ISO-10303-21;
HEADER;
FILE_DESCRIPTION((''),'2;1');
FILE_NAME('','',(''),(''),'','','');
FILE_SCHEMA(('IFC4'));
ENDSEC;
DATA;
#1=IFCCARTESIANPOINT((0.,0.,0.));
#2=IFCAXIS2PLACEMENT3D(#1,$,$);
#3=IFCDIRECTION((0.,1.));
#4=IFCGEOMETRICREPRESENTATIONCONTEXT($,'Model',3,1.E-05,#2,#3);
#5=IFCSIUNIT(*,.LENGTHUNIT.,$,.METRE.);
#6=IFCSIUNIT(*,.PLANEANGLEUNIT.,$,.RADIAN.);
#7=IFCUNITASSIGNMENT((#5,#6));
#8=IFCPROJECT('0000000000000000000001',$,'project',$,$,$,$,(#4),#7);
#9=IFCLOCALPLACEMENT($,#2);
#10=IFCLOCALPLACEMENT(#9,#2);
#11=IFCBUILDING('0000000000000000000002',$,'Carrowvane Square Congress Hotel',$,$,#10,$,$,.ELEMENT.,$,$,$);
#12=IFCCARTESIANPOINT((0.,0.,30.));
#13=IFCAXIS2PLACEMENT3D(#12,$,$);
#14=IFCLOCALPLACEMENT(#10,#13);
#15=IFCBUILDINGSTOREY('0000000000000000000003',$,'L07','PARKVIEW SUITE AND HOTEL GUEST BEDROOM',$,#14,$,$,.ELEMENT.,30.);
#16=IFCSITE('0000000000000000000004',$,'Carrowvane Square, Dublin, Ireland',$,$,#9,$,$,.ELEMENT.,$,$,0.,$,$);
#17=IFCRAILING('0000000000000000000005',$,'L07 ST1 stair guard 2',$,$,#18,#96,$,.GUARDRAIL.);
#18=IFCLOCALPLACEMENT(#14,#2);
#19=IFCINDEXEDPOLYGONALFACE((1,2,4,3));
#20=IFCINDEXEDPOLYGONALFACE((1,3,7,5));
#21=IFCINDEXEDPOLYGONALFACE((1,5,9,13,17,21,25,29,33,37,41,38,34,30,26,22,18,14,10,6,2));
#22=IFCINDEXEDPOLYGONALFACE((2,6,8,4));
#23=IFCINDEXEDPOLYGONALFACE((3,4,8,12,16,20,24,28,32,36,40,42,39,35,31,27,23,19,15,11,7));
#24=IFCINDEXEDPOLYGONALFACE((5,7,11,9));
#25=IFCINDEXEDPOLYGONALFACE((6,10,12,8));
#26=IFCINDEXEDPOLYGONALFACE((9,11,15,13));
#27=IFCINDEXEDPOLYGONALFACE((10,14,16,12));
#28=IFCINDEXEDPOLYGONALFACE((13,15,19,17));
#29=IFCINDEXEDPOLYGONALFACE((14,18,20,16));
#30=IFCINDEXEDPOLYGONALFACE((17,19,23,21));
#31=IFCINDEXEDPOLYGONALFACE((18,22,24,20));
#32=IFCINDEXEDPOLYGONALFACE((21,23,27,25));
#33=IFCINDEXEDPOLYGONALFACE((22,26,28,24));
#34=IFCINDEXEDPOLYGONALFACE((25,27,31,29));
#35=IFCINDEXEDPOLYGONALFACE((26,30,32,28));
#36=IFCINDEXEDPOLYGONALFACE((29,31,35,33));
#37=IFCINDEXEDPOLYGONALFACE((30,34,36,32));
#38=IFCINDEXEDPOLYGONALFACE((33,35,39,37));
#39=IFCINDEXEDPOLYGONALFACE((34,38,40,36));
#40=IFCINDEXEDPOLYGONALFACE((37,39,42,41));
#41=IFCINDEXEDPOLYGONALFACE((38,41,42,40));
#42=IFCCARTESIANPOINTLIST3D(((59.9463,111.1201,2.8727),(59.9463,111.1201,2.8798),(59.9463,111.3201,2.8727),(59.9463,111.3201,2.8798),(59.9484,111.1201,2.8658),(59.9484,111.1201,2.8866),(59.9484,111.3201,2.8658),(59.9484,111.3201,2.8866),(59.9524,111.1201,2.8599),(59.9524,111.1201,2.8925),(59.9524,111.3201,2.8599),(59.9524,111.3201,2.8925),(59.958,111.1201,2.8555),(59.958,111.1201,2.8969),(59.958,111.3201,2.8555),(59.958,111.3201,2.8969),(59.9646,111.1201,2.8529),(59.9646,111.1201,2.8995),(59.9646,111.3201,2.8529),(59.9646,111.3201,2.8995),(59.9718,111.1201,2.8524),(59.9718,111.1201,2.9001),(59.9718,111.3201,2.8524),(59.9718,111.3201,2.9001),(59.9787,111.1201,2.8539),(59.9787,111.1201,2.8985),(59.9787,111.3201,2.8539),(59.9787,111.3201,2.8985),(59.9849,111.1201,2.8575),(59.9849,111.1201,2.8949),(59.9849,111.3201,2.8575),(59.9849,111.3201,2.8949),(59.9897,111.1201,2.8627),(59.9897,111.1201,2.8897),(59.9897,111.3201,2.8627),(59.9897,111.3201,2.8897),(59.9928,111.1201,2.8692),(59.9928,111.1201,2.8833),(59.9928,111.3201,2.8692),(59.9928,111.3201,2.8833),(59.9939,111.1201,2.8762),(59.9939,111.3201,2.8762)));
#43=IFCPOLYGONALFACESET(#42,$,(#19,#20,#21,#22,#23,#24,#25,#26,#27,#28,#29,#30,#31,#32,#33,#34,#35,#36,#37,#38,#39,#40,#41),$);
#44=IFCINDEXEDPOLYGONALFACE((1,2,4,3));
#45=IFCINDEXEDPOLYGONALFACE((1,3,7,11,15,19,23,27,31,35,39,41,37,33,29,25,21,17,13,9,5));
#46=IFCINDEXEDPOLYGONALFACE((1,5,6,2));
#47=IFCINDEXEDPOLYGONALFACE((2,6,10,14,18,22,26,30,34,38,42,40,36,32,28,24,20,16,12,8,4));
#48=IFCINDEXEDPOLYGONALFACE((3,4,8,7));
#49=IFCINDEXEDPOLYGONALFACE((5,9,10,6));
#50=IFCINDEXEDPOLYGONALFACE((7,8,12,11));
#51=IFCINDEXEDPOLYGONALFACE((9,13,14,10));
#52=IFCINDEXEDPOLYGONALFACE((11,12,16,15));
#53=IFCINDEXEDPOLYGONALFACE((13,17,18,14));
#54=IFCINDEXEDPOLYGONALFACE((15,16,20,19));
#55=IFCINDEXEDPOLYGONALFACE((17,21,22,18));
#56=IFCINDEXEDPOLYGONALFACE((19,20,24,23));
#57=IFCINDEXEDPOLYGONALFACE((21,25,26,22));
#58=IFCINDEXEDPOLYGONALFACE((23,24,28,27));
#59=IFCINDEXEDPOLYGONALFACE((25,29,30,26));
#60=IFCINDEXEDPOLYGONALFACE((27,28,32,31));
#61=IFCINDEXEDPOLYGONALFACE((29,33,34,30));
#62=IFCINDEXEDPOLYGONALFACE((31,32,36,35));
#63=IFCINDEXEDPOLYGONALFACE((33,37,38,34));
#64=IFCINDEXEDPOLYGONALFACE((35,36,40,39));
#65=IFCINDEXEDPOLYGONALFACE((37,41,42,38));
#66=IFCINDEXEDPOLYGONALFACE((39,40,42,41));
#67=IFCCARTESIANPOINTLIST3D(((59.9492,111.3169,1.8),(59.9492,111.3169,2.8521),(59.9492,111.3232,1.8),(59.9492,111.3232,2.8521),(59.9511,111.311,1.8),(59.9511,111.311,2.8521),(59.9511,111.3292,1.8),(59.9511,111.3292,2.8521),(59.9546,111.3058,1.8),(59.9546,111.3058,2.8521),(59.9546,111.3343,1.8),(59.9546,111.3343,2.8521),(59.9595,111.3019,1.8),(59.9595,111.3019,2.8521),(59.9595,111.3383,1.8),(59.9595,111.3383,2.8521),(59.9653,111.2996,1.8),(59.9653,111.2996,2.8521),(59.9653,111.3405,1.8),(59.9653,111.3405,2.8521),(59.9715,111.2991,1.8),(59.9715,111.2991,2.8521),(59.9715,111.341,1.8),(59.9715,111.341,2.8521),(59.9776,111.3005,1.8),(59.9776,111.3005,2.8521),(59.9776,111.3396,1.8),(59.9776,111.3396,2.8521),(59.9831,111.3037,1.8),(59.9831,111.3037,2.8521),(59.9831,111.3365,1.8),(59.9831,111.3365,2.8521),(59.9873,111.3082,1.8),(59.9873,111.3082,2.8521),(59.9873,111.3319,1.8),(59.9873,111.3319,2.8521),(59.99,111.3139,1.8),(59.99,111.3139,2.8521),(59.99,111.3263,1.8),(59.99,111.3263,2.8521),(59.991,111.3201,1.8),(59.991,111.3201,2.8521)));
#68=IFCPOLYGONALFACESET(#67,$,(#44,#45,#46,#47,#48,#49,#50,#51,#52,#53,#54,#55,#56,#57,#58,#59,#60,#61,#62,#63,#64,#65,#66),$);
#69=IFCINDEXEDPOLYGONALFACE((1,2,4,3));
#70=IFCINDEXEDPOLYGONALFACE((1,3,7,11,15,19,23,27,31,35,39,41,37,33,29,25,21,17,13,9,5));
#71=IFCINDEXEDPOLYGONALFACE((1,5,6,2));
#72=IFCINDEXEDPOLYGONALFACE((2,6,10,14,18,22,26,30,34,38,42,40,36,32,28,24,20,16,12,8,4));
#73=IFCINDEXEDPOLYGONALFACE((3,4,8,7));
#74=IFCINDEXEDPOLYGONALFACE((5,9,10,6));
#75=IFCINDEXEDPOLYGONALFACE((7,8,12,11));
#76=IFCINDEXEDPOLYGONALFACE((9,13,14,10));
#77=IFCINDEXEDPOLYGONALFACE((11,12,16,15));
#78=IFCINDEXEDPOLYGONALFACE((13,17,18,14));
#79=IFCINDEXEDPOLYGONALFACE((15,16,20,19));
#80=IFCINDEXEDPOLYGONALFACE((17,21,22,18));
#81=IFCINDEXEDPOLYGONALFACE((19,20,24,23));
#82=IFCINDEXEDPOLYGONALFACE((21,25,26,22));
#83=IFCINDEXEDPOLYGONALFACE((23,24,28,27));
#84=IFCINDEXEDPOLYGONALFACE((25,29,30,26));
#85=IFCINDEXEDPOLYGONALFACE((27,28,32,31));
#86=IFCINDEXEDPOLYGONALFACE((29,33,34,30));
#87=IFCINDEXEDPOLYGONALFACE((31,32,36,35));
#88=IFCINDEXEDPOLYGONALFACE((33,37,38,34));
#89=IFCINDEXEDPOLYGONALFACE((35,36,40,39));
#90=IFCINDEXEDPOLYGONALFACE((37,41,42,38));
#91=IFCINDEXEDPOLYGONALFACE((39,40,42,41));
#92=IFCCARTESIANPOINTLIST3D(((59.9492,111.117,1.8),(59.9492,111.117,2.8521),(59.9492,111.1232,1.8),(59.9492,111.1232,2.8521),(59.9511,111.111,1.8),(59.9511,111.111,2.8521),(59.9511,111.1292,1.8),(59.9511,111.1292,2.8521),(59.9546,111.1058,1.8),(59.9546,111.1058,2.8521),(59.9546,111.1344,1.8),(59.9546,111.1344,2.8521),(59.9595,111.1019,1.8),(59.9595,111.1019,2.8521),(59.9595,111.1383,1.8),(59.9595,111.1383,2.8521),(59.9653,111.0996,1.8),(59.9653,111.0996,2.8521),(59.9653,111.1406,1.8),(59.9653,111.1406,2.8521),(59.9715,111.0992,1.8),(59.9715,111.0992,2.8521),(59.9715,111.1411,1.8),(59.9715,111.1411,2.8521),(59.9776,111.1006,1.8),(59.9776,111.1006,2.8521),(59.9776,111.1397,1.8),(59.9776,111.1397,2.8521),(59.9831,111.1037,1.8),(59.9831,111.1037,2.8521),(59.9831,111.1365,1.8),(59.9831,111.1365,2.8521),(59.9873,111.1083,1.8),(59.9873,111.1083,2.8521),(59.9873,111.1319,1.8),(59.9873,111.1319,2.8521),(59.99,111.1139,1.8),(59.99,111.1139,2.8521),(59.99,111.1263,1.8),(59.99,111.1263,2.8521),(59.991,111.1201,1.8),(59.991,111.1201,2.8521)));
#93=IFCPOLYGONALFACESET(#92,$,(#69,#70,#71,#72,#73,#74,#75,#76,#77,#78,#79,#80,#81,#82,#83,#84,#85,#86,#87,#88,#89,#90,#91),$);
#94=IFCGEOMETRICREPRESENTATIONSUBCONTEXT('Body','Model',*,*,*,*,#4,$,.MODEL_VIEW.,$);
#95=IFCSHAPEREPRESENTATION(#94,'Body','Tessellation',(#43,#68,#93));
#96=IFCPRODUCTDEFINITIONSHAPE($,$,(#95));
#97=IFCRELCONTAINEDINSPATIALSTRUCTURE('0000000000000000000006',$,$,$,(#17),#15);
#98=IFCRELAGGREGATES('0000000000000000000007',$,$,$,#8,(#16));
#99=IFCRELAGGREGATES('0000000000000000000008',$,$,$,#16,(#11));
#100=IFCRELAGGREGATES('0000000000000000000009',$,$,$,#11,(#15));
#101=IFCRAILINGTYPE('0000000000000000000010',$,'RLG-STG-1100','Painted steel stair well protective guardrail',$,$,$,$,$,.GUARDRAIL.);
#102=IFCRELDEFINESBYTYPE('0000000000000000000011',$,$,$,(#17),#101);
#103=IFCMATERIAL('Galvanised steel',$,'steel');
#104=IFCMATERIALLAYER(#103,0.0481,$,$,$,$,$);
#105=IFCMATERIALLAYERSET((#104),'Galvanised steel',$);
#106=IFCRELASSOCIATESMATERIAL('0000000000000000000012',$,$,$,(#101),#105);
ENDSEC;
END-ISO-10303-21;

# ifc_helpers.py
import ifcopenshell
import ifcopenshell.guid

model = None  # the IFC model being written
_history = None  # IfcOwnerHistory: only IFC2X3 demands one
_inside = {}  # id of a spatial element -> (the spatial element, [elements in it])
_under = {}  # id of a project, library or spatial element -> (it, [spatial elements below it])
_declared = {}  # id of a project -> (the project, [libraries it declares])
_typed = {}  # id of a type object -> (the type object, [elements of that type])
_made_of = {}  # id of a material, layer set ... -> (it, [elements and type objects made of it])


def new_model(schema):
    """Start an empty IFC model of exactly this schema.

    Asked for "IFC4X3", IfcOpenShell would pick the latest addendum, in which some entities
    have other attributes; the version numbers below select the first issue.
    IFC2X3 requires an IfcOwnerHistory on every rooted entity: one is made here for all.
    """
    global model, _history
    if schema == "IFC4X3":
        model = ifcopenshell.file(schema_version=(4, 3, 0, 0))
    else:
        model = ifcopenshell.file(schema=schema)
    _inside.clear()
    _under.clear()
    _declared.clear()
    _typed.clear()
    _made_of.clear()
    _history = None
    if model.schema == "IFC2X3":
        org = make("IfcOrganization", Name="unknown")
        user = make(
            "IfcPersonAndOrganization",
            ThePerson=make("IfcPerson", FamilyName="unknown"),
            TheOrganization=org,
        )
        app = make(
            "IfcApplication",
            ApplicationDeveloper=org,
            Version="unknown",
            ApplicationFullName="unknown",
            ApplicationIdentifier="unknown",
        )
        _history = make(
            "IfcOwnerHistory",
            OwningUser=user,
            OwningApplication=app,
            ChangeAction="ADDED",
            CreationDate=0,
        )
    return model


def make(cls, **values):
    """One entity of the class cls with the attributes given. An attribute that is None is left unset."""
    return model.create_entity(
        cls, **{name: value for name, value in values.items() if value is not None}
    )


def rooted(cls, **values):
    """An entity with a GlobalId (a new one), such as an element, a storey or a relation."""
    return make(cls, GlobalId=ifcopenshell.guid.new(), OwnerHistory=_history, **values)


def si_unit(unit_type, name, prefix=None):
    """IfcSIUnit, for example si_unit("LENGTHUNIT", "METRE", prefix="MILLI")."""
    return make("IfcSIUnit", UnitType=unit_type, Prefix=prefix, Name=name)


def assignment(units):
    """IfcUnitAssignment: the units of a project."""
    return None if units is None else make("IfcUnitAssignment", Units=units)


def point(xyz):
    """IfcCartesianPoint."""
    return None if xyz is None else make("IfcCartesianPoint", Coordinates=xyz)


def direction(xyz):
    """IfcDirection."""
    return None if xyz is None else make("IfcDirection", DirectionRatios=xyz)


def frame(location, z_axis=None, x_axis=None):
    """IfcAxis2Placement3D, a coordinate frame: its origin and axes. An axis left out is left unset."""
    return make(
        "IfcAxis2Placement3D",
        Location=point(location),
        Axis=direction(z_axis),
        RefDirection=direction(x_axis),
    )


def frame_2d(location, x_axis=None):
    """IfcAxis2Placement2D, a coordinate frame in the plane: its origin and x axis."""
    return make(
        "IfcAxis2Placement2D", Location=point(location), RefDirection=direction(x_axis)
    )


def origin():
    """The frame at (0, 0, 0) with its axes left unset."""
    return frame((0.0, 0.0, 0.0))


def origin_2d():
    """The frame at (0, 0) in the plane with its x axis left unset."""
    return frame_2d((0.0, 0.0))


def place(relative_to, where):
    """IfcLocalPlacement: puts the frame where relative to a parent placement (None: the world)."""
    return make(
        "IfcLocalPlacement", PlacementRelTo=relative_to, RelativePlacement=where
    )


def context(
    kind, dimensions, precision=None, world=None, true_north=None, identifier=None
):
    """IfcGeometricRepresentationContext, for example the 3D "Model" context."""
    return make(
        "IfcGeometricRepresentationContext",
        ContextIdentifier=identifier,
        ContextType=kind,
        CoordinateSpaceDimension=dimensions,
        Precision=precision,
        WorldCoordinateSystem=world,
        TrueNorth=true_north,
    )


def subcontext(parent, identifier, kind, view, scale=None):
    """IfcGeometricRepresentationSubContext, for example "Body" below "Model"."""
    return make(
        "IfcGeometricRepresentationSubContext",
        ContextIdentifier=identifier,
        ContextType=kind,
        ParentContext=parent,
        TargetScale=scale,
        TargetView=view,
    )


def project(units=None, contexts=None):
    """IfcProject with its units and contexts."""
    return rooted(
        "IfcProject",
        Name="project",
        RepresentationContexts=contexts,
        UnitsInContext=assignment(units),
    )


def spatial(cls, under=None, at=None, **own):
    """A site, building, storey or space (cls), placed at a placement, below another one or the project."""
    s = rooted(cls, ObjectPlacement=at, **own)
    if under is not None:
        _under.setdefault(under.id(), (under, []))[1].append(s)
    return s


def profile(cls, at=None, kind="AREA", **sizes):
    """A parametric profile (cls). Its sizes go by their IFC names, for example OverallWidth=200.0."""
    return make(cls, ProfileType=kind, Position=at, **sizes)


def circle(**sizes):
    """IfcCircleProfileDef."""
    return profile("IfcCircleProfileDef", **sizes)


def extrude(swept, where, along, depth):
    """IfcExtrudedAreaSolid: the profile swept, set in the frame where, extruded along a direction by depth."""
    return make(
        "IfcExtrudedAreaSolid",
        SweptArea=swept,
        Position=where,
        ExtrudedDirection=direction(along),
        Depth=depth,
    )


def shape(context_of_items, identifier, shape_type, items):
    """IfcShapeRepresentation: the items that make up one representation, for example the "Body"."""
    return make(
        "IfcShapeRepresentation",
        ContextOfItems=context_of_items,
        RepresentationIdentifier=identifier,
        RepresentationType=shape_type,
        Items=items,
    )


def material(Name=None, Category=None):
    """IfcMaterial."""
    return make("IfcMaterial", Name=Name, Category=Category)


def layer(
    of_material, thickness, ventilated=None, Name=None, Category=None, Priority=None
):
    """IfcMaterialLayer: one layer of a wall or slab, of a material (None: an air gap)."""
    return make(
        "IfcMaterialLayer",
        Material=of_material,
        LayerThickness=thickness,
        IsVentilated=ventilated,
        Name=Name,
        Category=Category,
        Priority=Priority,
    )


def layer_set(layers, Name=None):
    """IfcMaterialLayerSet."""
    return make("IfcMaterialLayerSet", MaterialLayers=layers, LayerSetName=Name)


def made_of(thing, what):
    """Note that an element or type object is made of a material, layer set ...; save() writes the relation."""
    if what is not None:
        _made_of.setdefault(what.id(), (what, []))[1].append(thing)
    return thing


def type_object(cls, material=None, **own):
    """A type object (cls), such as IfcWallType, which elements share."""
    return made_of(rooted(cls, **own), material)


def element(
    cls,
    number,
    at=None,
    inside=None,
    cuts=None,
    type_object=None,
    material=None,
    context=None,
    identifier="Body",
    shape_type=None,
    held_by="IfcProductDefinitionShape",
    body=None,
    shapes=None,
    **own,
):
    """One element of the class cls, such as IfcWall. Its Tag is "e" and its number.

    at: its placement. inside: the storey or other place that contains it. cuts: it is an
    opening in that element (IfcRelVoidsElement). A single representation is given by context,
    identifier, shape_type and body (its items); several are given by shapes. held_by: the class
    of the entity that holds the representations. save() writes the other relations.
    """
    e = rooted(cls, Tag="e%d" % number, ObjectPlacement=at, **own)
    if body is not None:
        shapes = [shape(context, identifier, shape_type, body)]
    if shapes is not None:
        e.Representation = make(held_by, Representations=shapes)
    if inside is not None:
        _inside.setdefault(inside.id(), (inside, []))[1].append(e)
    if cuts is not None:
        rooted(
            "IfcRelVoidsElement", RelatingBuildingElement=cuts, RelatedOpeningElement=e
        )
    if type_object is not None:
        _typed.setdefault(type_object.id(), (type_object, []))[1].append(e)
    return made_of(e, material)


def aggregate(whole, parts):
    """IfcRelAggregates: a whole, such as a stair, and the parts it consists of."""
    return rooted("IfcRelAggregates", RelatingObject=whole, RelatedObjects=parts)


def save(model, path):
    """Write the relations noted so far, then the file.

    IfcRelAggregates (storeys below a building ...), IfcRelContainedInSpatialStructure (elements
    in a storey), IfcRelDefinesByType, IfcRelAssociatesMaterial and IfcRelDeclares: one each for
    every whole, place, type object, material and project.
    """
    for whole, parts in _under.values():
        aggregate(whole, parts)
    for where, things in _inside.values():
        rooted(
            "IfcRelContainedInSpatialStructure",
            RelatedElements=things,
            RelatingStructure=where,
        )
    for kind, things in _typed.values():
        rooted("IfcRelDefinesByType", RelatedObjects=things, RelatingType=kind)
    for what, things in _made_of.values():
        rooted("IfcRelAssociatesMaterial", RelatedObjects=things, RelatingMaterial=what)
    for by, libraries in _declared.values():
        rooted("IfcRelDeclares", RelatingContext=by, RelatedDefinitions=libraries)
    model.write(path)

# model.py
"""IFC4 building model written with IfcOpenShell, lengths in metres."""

from ifc_helpers import new_model, si_unit, direction, frame, origin, origin_2d, place, context, subcontext, project, spatial, circle, extrude, material, layer, layer_set, type_object, element, save


model = new_model("IFC4")

# Units and contexts
model_context = context("Model", 3, precision=1e-05, world=origin(), true_north=direction((0.0, 1.0)))
body_context = subcontext(model_context, "Body", "Model", "MODEL_VIEW")
ifc_project = project(units=[si_unit("LENGTHUNIT", "METRE"), si_unit("PLANEANGLEUNIT", "RADIAN")], contexts=[model_context])

# Site, building, storey
site_placement = place(None, origin())
site = spatial("IfcSite", under=ifc_project, at=site_placement, Name="Carrowvane Square, Dublin, Ireland", CompositionType="ELEMENT", RefElevation=0.0)
building_placement = place(site_placement, origin())
building = spatial("IfcBuilding", under=site, at=building_placement, Name="Carrowvane Square Congress Hotel", CompositionType="ELEMENT")
storey_placement = place(building_placement, frame((0.0, 0.0, 30.0)))
storey = spatial("IfcBuildingStorey", under=building, at=storey_placement, Name="L07", Description="PARKVIEW SUITE AND HOTEL GUEST BEDROOM", CompositionType="ELEMENT", Elevation=30.0)

# Railing
ifc_material_1 = material(Name="Galvanised steel", Category="steel")
ifc_layer_1 = layer(ifc_material_1, 0.0481)
ifc_layer_set_1 = layer_set([ifc_layer_1], Name="Galvanised steel")
railing_type_1 = type_object("IfcRailingType", Name="RLG-STG-1100", Description="Painted steel stair well protective guardrail", PredefinedType="GUARDRAIL", material=ifc_layer_set_1)
railing_1_placement = place(storey_placement, frame((59.97, 111.3201, 1.8)))
element("IfcRailing", 1, at=railing_1_placement, inside=storey, type_object=railing_type_1, Name="L07 ST1 stair guard 2", PredefinedType="GUARDRAIL", context=body_context, shape_type="SweptSolid", body=[
    extrude(circle(Radius=0.0239, at=origin_2d()), frame((0.0, 0.0, 1.0762), z_axis=(0.0, -1.0, 0.0), x_axis=(1.0, 0.0, 0.0)), (0.0, 0.0, 1.0), 0.2),
    extrude(circle(Radius=0.021, at=origin_2d()), origin(), (0.0, 0.0, 1.0), 1.052),
    extrude(circle(Radius=0.021, at=origin_2d()), frame((0.0, -0.2, 0.0)), (0.0, 0.0, 1.0), 1.052),
])

save(model, "model.ifc")
